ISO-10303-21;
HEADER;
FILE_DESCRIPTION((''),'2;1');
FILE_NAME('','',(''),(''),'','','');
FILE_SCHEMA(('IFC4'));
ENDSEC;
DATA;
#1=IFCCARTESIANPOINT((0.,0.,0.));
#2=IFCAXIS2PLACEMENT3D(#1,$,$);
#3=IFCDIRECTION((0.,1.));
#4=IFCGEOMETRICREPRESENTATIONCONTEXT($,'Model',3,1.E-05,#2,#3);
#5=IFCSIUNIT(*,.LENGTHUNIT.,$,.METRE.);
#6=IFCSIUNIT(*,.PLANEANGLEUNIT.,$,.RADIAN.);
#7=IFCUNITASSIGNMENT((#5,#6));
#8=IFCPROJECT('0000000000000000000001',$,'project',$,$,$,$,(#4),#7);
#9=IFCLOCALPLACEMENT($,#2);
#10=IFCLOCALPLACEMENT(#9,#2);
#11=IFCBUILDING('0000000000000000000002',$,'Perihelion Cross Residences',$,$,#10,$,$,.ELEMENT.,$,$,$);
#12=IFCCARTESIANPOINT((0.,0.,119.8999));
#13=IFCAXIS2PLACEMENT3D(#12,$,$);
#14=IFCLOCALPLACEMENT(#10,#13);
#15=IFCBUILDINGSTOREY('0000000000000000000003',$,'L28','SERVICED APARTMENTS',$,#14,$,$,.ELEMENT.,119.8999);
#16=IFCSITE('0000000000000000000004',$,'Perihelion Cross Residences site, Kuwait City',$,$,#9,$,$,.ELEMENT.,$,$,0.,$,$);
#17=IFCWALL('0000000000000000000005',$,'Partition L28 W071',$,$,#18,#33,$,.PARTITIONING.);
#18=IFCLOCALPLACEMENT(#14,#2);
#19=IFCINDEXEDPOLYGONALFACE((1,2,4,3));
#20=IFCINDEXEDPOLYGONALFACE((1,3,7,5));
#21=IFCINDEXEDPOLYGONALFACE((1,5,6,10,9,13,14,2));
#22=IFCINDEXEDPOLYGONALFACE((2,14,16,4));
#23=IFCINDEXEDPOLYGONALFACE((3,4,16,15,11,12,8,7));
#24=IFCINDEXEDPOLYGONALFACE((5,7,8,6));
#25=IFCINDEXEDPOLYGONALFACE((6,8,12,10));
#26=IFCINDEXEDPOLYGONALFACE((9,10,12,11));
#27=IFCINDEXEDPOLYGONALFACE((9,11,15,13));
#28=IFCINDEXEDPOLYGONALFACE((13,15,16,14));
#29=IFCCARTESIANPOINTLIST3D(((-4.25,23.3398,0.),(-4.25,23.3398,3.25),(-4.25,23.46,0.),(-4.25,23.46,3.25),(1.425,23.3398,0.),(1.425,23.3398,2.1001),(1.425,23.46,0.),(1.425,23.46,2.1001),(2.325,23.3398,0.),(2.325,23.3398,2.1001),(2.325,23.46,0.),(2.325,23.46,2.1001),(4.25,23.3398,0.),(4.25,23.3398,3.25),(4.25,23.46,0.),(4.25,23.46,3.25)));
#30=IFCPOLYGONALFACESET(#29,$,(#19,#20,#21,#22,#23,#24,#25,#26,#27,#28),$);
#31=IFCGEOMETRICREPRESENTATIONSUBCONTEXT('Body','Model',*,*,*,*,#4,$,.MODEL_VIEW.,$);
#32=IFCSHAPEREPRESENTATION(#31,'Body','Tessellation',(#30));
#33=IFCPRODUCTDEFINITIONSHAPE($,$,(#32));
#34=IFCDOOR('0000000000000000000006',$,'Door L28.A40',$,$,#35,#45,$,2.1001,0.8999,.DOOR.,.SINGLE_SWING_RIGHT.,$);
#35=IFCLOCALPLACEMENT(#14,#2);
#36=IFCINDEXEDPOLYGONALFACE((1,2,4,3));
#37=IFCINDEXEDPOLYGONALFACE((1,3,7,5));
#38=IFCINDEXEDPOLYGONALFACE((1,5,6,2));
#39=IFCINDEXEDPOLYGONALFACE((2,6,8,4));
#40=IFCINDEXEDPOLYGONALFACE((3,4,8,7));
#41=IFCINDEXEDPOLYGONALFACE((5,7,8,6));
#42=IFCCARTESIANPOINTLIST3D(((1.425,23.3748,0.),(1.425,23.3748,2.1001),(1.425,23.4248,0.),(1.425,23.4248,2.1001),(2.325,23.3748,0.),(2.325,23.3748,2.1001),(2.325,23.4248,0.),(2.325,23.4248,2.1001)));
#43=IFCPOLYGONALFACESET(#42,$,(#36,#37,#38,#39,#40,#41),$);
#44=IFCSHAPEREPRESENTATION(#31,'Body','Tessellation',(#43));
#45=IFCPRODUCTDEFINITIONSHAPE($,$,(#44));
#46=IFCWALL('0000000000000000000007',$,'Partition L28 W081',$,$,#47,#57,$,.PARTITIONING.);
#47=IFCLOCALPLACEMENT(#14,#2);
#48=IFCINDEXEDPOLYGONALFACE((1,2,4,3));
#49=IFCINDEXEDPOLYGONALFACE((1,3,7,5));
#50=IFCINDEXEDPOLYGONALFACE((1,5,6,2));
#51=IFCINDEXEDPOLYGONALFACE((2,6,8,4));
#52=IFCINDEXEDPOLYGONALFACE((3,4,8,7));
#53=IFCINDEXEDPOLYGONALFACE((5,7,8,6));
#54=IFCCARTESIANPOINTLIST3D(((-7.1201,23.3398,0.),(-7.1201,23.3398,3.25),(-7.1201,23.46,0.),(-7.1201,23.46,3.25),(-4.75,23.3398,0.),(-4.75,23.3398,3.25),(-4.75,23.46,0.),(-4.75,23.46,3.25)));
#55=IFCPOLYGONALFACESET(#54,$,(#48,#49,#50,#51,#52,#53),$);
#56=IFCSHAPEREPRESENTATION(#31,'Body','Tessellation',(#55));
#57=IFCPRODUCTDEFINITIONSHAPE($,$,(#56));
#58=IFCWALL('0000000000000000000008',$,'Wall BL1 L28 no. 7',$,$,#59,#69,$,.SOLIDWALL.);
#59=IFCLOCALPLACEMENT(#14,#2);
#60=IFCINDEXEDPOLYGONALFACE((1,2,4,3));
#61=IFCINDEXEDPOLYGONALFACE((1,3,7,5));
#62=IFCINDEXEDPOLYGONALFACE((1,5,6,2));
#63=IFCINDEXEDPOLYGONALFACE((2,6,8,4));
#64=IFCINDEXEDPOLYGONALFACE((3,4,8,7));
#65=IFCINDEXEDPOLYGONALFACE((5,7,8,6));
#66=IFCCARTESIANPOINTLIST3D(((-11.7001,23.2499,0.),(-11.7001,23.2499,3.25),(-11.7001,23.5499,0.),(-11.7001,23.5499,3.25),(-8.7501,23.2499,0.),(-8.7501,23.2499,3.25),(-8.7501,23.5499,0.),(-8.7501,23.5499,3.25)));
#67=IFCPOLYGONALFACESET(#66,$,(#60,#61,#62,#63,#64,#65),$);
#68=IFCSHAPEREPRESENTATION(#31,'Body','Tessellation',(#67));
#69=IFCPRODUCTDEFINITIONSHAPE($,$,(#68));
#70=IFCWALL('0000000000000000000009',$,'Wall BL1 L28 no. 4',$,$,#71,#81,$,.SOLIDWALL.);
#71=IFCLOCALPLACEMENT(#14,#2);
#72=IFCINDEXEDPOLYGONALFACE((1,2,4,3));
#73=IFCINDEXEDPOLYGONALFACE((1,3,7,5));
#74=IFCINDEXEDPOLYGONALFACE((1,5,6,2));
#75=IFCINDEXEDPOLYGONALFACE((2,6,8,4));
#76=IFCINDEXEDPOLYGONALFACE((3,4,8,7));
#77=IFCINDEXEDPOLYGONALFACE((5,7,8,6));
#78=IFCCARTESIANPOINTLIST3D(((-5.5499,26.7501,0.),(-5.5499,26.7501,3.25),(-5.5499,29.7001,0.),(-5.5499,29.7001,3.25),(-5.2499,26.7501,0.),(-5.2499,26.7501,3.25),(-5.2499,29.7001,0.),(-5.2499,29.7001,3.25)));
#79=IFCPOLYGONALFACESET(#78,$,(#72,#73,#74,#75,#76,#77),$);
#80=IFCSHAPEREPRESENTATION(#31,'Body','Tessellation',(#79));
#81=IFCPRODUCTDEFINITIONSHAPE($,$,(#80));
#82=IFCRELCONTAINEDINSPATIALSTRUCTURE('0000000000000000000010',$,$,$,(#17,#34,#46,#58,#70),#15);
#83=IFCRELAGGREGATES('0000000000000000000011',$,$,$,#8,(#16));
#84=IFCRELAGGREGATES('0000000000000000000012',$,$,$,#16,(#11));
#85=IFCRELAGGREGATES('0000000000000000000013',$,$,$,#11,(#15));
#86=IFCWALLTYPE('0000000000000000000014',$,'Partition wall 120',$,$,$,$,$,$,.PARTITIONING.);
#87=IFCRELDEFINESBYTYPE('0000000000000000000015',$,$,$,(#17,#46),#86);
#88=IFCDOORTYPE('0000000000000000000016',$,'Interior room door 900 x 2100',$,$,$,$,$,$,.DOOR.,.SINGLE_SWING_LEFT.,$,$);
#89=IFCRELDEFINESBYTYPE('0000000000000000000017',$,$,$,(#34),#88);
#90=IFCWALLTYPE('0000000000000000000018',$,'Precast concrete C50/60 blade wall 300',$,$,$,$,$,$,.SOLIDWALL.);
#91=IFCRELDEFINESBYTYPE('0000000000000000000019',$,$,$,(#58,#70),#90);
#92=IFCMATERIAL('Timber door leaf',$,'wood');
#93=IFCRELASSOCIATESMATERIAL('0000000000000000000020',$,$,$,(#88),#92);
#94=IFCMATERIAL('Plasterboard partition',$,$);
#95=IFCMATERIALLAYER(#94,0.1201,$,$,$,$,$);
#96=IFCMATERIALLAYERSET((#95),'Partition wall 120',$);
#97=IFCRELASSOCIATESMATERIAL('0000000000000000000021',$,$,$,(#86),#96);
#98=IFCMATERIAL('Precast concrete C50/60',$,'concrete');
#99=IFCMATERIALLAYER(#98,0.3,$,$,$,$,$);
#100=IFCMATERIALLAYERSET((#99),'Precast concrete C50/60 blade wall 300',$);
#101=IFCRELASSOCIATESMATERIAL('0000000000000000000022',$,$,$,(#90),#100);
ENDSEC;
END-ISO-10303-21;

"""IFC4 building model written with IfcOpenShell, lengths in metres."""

from ifc_helpers import new_model, si_unit, direction, frame, frame_2d, origin, place, context, subcontext, project, spatial, rectangle, extrude, material, layer, layer_set, type_object, element, fill, save


model = new_model("IFC4")

# Units and contexts
model_context = context("Model", 3, precision=1e-05, world=origin(), true_north=direction((0.0, 1.0)))
body_context = subcontext(model_context, "Body", "Model", "MODEL_VIEW")
ifc_project = project(units=[si_unit("LENGTHUNIT", "METRE"), si_unit("PLANEANGLEUNIT", "RADIAN")], contexts=[model_context])

# Site, building, storey
site_placement = place(None, origin())
site = spatial("IfcSite", under=ifc_project, at=site_placement, Name="Perihelion Cross Residences site, Kuwait City", CompositionType="ELEMENT", RefElevation=0.0)
building_placement = place(site_placement, origin())
building = spatial("IfcBuilding", under=site, at=building_placement, Name="Perihelion Cross Residences", CompositionType="ELEMENT")
storey_placement = place(building_placement, frame((0.0, 0.0, 119.8999)))
storey = spatial("IfcBuildingStorey", under=building, at=storey_placement, Name="L28", Description="SERVICED APARTMENTS", CompositionType="ELEMENT", Elevation=119.8999)

# Wall, opening, door
ifc_material_1 = material(Name="Timber door leaf", Category="wood")
door_type_1 = type_object("IfcDoorType", Name="Interior room door 900 x 2100", OperationType="SINGLE_SWING_LEFT", PredefinedType="DOOR", material=ifc_material_1)
ifc_material_2 = material(Name="Plasterboard partition")
ifc_layer_1 = layer(ifc_material_2, 0.1201)
ifc_layer_set_1 = layer_set([ifc_layer_1], Name="Partition wall 120")
wall_type_1 = type_object("IfcWallType", Name="Partition wall 120", PredefinedType="PARTITIONING", material=ifc_layer_set_1)
wall_1_placement = place(storey_placement, frame((-4.25, 23.3999, 0.0), z_axis=(0.0, 0.0, 1.0), x_axis=(1.0, 0.0, 0.0)))
wall_1 = element("IfcWall", 1, at=wall_1_placement, inside=storey, type_object=wall_type_1, Name="Partition L28 W071", PredefinedType="PARTITIONING", context=body_context, shape_type="SweptSolid", body=[
    extrude(rectangle(XDim=8.5, YDim=0.1201, at=frame_2d((4.25, 0.0))), origin(), (0.0, 0.0, 1.0), 3.25),
])
opening_1_placement = place(wall_1_placement, frame((5.675, 0.0, 0.0)))
opening_1 = element("IfcOpeningElement", 2, at=opening_1_placement, cuts=wall_1, PredefinedType="OPENING", context=body_context, shape_type="SweptSolid", body=[
    extrude(rectangle(XDim=0.8999, YDim=2.1001, at=frame_2d((0.45, 1.05))), frame((0.0, 0.0701, 0.0), z_axis=(0.0, -1.0, 0.0), x_axis=(1.0, 0.0, 0.0)), (0.0, 0.0, 1.0), 0.1401),
])
door_1_placement = place(opening_1_placement, origin())
door_1 = element("IfcDoor", 3, at=door_1_placement, inside=storey, type_object=door_type_1, Name="Door L28.A40", OperationType="SINGLE_SWING_RIGHT", OverallHeight=2.1001, OverallWidth=0.8999, PredefinedType="DOOR", context=body_context, shape_type="SweptSolid", body=[
    extrude(rectangle(XDim=0.8999, YDim=2.1001, at=frame_2d((0.45, 1.05))), frame((0.0, 0.0249, 0.0), z_axis=(0.0, -1.0, 0.0), x_axis=(1.0, 0.0, 0.0)), (0.0, 0.0, 1.0), 0.05),
])
fill(opening_1, door_1)

# Walls
wall_2_placement = place(storey_placement, frame((-7.1201, 23.3999, 0.0), z_axis=(0.0, 0.0, 1.0), x_axis=(1.0, 0.0, 0.0)))
element("IfcWall", 4, at=wall_2_placement, inside=storey, type_object=wall_type_1, Name="Partition L28 W081", PredefinedType="PARTITIONING", context=body_context, shape_type="SweptSolid", body=[
    extrude(rectangle(XDim=2.3701, YDim=0.1201, at=frame_2d((1.1851, 0.0))), origin(), (0.0, 0.0, 1.0), 3.25),
])
ifc_material_3 = material(Name="Precast concrete C50/60", Category="concrete")
ifc_layer_2 = layer(ifc_material_3, 0.3)
ifc_layer_set_2 = layer_set([ifc_layer_2], Name="Precast concrete C50/60 blade wall 300")
wall_type_2 = type_object("IfcWallType", Name="Precast concrete C50/60 blade wall 300", PredefinedType="SOLIDWALL", material=ifc_layer_set_2)
for number, where, z_axis, x_axis, name in (
    (5, (-8.75, 23.3999, 0.0), (0.0, 0.0, 1.0), (-1.0, 0.0, 0.0), "Wall BL1 L28 no. 7"),
    (6, (-5.3999, 26.75, 0.0), (0.0, 0.0, 1.0), (0.0, 1.0, 0.0), "Wall BL1 L28 no. 4"),
):
    element("IfcWall", number, at=place(storey_placement, frame(where, z_axis=z_axis, x_axis=x_axis)), inside=storey, type_object=wall_type_2, Name=name, PredefinedType="SOLIDWALL", context=body_context, shape_type="SweptSolid", body=[
        extrude(rectangle(XDim=2.95, YDim=0.3, at=frame_2d((1.4751, 0.0))), origin(), (0.0, 0.0, 1.0), 3.25),
    ])

save(model, "model.ifc")
